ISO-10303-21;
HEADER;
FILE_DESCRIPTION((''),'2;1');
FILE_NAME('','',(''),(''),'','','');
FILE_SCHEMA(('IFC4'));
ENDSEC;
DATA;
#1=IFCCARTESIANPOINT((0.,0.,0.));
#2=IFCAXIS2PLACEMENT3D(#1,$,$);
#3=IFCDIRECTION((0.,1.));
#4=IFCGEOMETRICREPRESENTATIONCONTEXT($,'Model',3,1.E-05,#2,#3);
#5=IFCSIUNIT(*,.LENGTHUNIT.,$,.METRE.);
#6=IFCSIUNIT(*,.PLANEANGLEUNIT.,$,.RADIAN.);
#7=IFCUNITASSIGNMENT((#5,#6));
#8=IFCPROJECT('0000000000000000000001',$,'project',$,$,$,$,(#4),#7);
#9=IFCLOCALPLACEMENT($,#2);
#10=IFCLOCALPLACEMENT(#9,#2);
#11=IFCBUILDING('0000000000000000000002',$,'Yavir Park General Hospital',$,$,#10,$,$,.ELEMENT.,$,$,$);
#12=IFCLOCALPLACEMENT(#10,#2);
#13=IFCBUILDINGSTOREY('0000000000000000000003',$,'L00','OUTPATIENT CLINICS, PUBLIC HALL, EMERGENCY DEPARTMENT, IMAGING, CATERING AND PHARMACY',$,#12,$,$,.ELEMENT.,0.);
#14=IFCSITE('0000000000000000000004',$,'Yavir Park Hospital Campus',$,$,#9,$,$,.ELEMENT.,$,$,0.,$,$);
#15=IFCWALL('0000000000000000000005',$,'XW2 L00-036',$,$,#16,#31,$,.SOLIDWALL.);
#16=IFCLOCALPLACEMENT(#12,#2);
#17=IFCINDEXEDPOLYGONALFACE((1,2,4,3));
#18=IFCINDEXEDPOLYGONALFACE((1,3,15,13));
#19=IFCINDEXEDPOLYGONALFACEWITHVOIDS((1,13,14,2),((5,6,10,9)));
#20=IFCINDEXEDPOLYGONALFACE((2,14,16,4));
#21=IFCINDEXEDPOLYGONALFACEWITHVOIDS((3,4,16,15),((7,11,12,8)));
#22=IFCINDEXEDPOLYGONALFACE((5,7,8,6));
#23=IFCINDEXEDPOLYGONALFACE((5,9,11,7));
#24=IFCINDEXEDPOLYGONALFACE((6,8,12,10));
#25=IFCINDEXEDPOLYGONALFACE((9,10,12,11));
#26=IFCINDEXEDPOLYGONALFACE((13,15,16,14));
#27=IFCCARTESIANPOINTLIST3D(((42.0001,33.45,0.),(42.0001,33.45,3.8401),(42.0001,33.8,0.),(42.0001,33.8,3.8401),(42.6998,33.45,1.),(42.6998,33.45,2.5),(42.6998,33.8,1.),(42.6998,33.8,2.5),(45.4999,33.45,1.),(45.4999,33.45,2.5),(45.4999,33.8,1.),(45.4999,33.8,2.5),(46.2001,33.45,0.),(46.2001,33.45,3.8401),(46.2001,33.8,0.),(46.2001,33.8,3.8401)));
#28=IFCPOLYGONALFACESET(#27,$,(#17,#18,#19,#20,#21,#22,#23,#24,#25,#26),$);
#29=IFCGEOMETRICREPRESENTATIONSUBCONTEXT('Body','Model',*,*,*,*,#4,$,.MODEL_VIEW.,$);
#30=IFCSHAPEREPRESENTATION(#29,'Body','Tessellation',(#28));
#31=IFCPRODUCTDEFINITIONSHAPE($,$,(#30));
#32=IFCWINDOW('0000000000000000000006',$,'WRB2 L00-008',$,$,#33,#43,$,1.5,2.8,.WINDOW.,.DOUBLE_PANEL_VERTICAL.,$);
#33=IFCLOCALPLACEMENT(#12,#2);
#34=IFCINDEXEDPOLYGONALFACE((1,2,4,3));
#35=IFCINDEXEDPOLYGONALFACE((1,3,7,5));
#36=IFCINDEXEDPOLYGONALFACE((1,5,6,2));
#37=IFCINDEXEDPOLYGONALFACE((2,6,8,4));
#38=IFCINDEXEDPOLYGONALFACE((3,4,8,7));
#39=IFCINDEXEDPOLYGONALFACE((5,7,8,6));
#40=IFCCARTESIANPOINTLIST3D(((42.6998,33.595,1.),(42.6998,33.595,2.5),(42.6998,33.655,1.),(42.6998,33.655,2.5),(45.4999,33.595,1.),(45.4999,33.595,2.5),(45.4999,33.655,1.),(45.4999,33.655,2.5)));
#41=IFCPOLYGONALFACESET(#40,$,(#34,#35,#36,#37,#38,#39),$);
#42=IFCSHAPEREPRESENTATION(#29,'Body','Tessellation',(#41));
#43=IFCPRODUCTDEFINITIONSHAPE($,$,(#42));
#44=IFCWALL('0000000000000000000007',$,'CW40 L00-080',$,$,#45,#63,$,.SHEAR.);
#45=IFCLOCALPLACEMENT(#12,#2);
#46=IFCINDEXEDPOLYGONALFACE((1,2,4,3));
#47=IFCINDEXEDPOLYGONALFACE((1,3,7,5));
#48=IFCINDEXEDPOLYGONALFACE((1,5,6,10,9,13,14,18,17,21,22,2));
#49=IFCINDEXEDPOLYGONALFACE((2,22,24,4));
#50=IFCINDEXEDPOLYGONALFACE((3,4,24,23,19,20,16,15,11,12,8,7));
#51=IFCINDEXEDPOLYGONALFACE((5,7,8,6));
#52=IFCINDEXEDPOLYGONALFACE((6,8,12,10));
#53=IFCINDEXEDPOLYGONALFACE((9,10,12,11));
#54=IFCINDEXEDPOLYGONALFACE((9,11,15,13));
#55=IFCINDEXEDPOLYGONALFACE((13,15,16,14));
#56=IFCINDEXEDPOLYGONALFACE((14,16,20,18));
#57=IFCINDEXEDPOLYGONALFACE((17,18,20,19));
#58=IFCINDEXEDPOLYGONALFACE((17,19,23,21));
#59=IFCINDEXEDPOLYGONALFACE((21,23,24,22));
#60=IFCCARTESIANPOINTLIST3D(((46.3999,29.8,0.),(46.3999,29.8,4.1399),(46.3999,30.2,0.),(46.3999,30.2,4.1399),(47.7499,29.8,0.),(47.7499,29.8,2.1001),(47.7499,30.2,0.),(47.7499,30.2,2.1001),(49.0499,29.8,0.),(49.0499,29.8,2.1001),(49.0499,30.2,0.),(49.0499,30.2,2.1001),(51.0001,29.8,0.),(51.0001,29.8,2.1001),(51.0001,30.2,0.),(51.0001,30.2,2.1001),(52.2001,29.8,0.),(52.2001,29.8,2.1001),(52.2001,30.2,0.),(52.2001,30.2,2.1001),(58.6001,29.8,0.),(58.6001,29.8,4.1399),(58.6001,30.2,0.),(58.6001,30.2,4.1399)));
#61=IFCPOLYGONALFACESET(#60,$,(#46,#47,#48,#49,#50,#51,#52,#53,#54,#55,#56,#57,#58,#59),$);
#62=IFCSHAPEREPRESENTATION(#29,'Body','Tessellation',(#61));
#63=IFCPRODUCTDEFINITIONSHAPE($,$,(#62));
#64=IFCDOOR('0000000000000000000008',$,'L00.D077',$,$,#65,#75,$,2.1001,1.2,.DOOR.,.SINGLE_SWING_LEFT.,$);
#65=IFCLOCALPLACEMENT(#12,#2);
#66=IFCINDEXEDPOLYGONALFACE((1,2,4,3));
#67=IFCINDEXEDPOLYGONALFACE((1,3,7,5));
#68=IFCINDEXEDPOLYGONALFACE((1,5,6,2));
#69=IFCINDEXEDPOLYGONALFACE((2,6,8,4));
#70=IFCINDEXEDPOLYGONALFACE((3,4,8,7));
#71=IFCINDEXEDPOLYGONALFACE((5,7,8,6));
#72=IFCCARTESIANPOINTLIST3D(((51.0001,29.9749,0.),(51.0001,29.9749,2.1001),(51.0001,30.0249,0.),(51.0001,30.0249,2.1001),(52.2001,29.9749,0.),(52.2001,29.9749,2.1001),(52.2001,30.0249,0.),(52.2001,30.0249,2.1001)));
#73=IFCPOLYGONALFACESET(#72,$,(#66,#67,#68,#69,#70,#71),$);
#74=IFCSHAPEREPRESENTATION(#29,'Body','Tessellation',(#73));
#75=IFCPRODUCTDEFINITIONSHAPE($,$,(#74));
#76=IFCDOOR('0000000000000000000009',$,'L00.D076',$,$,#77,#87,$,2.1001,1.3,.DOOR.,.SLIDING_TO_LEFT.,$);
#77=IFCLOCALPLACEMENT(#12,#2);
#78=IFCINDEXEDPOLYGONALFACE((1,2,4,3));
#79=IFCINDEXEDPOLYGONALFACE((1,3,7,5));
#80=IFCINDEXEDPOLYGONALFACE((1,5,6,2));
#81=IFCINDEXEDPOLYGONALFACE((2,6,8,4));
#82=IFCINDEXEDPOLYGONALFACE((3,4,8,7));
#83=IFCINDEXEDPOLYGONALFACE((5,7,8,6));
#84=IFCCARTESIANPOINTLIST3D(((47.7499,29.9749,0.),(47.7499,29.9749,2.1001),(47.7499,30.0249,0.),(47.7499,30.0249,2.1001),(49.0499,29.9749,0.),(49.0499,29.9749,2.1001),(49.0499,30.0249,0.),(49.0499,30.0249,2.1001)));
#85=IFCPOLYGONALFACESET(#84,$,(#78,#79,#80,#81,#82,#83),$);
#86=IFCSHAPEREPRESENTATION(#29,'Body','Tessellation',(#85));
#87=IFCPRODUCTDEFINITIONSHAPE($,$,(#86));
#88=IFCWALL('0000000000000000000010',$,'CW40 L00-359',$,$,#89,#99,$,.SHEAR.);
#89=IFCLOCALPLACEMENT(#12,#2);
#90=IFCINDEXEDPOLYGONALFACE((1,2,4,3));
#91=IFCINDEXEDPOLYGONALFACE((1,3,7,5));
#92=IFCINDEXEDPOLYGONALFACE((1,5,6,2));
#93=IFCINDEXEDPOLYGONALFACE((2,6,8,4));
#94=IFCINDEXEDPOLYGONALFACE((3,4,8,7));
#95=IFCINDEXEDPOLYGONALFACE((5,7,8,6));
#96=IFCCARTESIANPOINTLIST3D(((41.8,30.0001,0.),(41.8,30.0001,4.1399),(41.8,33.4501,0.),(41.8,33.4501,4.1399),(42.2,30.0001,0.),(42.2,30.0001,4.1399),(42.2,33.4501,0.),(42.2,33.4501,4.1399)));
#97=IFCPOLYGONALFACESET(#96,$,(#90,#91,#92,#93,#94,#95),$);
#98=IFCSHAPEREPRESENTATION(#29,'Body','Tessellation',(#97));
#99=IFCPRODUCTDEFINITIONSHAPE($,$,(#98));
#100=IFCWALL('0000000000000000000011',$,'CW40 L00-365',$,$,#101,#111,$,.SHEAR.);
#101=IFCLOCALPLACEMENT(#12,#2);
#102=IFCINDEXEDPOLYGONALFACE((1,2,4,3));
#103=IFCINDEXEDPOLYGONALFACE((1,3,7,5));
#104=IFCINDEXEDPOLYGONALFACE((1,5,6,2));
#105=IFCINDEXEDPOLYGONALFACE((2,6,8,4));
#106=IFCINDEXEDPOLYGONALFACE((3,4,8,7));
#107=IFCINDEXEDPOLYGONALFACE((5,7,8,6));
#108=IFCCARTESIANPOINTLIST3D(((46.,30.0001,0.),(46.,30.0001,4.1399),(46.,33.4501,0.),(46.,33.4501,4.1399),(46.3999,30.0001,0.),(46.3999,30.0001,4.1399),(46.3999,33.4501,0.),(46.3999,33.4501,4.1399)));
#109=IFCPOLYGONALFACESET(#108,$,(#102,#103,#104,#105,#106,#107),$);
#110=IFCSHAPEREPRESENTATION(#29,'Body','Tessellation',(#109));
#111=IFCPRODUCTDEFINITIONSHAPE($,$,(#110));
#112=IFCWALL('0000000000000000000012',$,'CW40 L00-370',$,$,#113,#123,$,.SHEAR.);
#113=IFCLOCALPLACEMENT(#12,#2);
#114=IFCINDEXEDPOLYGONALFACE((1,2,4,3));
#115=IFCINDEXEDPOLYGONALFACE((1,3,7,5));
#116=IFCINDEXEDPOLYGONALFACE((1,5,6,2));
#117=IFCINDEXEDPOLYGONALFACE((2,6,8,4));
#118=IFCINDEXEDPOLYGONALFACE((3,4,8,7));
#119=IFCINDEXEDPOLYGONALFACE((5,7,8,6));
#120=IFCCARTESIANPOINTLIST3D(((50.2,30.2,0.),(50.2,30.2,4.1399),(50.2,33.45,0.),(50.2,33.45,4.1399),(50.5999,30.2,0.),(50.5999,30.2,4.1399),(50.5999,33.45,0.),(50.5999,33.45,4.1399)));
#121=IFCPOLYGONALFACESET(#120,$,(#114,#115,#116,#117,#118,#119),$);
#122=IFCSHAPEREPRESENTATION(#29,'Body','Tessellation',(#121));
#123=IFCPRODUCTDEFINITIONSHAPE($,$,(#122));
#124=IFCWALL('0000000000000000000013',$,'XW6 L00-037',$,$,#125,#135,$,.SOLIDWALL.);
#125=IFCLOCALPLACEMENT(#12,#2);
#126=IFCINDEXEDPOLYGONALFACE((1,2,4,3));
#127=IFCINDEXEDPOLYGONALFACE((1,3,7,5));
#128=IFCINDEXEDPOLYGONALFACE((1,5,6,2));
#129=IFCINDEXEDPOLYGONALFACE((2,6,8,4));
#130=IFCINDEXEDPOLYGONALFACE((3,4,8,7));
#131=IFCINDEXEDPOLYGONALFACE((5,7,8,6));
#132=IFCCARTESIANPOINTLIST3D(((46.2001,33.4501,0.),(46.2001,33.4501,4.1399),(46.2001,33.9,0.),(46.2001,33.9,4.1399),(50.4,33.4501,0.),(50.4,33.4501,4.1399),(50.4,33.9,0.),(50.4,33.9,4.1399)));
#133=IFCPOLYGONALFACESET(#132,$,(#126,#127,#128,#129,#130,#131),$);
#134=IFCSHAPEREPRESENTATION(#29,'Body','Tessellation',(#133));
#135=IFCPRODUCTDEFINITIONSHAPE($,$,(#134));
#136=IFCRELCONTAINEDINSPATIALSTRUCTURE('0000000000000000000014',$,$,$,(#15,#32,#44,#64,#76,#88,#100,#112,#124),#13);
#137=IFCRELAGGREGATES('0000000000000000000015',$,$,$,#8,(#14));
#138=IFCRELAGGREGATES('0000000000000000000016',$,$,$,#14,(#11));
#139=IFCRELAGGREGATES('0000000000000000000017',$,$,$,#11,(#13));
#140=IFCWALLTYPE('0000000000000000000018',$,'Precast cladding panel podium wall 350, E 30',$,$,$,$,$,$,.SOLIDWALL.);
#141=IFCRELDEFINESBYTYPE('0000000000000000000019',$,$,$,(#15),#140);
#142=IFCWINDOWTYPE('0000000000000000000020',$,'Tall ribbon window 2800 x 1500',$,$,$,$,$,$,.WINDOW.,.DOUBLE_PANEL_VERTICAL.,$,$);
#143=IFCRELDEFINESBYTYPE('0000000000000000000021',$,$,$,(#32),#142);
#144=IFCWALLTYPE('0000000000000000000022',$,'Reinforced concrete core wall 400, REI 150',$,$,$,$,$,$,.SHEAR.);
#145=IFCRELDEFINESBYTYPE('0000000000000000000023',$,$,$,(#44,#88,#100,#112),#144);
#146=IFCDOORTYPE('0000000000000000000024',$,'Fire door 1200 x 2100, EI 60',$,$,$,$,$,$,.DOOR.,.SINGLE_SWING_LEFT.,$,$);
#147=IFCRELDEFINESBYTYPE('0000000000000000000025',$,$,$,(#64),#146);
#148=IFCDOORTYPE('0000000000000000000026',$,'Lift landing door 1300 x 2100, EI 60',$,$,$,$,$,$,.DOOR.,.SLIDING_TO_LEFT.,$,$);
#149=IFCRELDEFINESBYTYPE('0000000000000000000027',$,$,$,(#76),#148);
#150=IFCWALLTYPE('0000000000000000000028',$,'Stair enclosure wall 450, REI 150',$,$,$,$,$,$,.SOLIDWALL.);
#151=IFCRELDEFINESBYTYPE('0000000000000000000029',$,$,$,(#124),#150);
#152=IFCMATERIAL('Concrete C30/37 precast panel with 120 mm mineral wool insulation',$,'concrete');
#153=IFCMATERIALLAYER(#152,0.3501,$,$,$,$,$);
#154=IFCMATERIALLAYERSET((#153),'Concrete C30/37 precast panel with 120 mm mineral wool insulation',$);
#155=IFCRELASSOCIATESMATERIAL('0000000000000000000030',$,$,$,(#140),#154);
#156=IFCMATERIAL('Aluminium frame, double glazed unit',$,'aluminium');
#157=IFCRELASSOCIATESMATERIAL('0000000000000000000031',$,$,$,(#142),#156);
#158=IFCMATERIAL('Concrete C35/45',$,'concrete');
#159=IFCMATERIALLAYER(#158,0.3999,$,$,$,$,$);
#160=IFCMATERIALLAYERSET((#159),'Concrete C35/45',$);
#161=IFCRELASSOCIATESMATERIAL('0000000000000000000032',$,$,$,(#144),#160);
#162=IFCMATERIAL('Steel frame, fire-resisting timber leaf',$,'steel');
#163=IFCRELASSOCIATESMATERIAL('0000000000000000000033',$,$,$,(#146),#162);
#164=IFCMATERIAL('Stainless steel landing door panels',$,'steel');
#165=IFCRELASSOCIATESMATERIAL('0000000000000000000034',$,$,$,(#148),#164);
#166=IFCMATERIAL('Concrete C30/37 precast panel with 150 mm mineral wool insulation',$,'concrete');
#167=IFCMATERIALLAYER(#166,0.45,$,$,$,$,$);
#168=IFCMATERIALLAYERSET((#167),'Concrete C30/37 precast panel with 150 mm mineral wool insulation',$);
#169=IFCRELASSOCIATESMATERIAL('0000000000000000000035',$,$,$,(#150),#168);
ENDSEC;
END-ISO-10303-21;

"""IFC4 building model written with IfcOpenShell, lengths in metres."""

from ifc_helpers import new_model, si_unit, direction, frame, frame_2d, origin, place, context, subcontext, project, spatial, rectangle, extrude, material, layer, layer_set, type_object, element, fill, save


model = new_model("IFC4")

# Units and contexts
model_context = context("Model", 3, precision=1e-05, world=origin(), true_north=direction((0.0, 1.0)))
body_context = subcontext(model_context, "Body", "Model", "MODEL_VIEW")
ifc_project = project(units=[si_unit("LENGTHUNIT", "METRE"), si_unit("PLANEANGLEUNIT", "RADIAN")], contexts=[model_context])

# Site, building, storey
site_placement = place(None, origin())
site = spatial("IfcSite", under=ifc_project, at=site_placement, Name="Yavir Park Hospital Campus", CompositionType="ELEMENT", RefElevation=0.0)
building_placement = place(site_placement, origin())
building = spatial("IfcBuilding", under=site, at=building_placement, Name="Yavir Park General Hospital", CompositionType="ELEMENT")
storey_placement = place(building_placement, origin())
storey = spatial("IfcBuildingStorey", under=building, at=storey_placement, Name="L00", Description="OUTPATIENT CLINICS, PUBLIC HALL, EMERGENCY DEPARTMENT, IMAGING, CATERING AND PHARMACY", CompositionType="ELEMENT", Elevation=0.0)

# Wall, opening, window
ifc_material_1 = material(Name="Concrete C30/37 precast panel with 120 mm mineral wool insulation", Category="concrete")
ifc_layer_1 = layer(ifc_material_1, 0.3501)
ifc_layer_set_1 = layer_set([ifc_layer_1], Name="Concrete C30/37 precast panel with 120 mm mineral wool insulation")
wall_type_1 = type_object("IfcWallType", Name="Precast cladding panel podium wall 350, E 30", PredefinedType="SOLIDWALL", material=ifc_layer_set_1)
wall_1_placement = place(storey_placement, frame((42.0, 33.625, 0.0), z_axis=(0.0, 0.0, 1.0), x_axis=(1.0, 0.0, 0.0)))
wall_1 = element("IfcWall", 1, at=wall_1_placement, inside=storey, type_object=wall_type_1, Name="XW2 L00-036", PredefinedType="SOLIDWALL", context=body_context, shape_type="SweptSolid", body=[
    extrude(rectangle(XDim=4.2, YDim=0.3501, at=frame_2d((2.1001, 0.0))), origin(), (0.0, 0.0, 1.0), 3.8401),
])
opening_1_placement = place(wall_1_placement, frame((0.7, 0.0, 1.0)))
opening_1 = element("IfcOpeningElement", 2, at=opening_1_placement, cuts=wall_1, PredefinedType="OPENING", context=body_context, shape_type="SweptSolid", body=[
    extrude(rectangle(XDim=2.8, YDim=1.5, at=frame_2d((1.3999, 0.75))), frame((0.0, 0.1851, 0.0), z_axis=(0.0, -1.0, 0.0), x_axis=(1.0, 0.0, 0.0)), (0.0, 0.0, 1.0), 0.3701),
])
ifc_material_2 = material(Name="Aluminium frame, double glazed unit", Category="aluminium")
window_type = type_object("IfcWindowType", Name="Tall ribbon window 2800 x 1500", PartitioningType="DOUBLE_PANEL_VERTICAL", PredefinedType="WINDOW", material=ifc_material_2)
window_placement = place(opening_1_placement, origin())
window = element("IfcWindow", 3, at=window_placement, inside=storey, type_object=window_type, Name="WRB2 L00-008", OverallHeight=1.5, OverallWidth=2.8, PartitioningType="DOUBLE_PANEL_VERTICAL", PredefinedType="WINDOW", context=body_context, shape_type="SweptSolid", body=[
    extrude(rectangle(XDim=2.8, YDim=1.5, at=frame_2d((1.3999, 0.75))), frame((0.0, 0.03, 0.0), z_axis=(0.0, -1.0, 0.0), x_axis=(1.0, 0.0, 0.0)), (0.0, 0.0, 1.0), 0.0601),
])
fill(opening_1, window)

# Wall, openings, doors
ifc_material_3 = material(Name="Concrete C35/45", Category="concrete")
ifc_layer_2 = layer(ifc_material_3, 0.3999)
ifc_layer_set_2 = layer_set([ifc_layer_2], Name="Concrete C35/45")
wall_type_2 = type_object("IfcWallType", Name="Reinforced concrete core wall 400, REI 150", PredefinedType="SHEAR", material=ifc_layer_set_2)
wall_2_placement = place(storey_placement, frame((46.3999, 30.0, 0.0), z_axis=(0.0, 0.0, 1.0), x_axis=(1.0, 0.0, 0.0)))
wall_2 = element("IfcWall", 4, at=wall_2_placement, inside=storey, type_object=wall_type_2, Name="CW40 L00-080", PredefinedType="SHEAR", context=body_context, shape_type="SweptSolid", body=[
    extrude(rectangle(XDim=12.2002, YDim=0.3999, at=frame_2d((6.1001, 0.0))), origin(), (0.0, 0.0, 1.0), 4.1399),
])
opening_2_placement = place(wall_2_placement, frame((1.3501, 0.0, 0.0)))
opening_2 = element("IfcOpeningElement", 5, at=opening_2_placement, cuts=wall_2, PredefinedType="OPENING", context=body_context, shape_type="SweptSolid", body=[
    extrude(rectangle(XDim=1.3, YDim=2.1001, at=frame_2d((0.6499, 1.05))), frame((0.0, 0.21, 0.0), z_axis=(0.0, -1.0, 0.0), x_axis=(1.0, 0.0, 0.0)), (0.0, 0.0, 1.0), 0.4199),
])
opening_3_placement = place(wall_2_placement, frame((4.6001, 0.0, 0.0)))
opening_3 = element("IfcOpeningElement", 6, at=opening_3_placement, cuts=wall_2, PredefinedType="OPENING", context=body_context, shape_type="SweptSolid", body=[
    extrude(rectangle(XDim=1.2, YDim=2.1001, at=frame_2d((0.6001, 1.05))), frame((0.0, 0.21, 0.0), z_axis=(0.0, -1.0, 0.0), x_axis=(1.0, 0.0, 0.0)), (0.0, 0.0, 1.0), 0.4199),
])
ifc_material_4 = material(Name="Steel frame, fire-resisting timber leaf", Category="steel")
door_type_1 = type_object("IfcDoorType", Name="Fire door 1200 x 2100, EI 60", OperationType="SINGLE_SWING_LEFT", PredefinedType="DOOR", material=ifc_material_4)
door_1_placement = place(opening_3_placement, origin())
door_1 = element("IfcDoor", 7, at=door_1_placement, inside=storey, type_object=door_type_1, Name="L00.D077", OperationType="SINGLE_SWING_LEFT", OverallHeight=2.1001, OverallWidth=1.2, PredefinedType="DOOR", context=body_context, shape_type="SweptSolid", body=[
    extrude(rectangle(XDim=1.2, YDim=2.1001, at=frame_2d((0.6001, 1.05))), frame((0.0, 0.0249, 0.0), z_axis=(0.0, -1.0, 0.0), x_axis=(1.0, 0.0, 0.0)), (0.0, 0.0, 1.0), 0.05),
])
fill(opening_3, door_1)
ifc_material_5 = material(Name="Stainless steel landing door panels", Category="steel")
door_type_2 = type_object("IfcDoorType", Name="Lift landing door 1300 x 2100, EI 60", OperationType="SLIDING_TO_LEFT", PredefinedType="DOOR", material=ifc_material_5)
door_2_placement = place(opening_2_placement, origin())
door_2 = element("IfcDoor", 8, at=door_2_placement, inside=storey, type_object=door_type_2, Name="L00.D076", OperationType="SLIDING_TO_LEFT", OverallHeight=2.1001, OverallWidth=1.3, PredefinedType="DOOR", context=body_context, shape_type="SweptSolid", body=[
    extrude(rectangle(XDim=1.3, YDim=2.1001, at=frame_2d((0.6499, 1.05))), frame((0.0, 0.0249, 0.0), z_axis=(0.0, -1.0, 0.0), x_axis=(1.0, 0.0, 0.0)), (0.0, 0.0, 1.0), 0.05),
])
fill(opening_2, door_2)

# Walls
for number, where, z_axis, x_axis, name in (
    (9, (42.0, 30.0, 0.0), (0.0, 0.0, 1.0), (0.0, 1.0, 0.0), "CW40 L00-359"),
    (10, (46.2, 30.0, 0.0), (0.0, 0.0, 1.0), (0.0, 1.0, 0.0), "CW40 L00-365"),
):
    element("IfcWall", number, at=place(storey_placement, frame(where, z_axis=z_axis, x_axis=x_axis)), inside=storey, type_object=wall_type_2, Name=name, PredefinedType="SHEAR", context=body_context, shape_type="SweptSolid", body=[
        extrude(rectangle(XDim=3.45, YDim=0.3999, at=frame_2d((1.7251, 0.0))), origin(), (0.0, 0.0, 1.0), 4.1399),
    ])
wall_3_placement = place(storey_placement, frame((50.3999, 30.2, 0.0), z_axis=(0.0, 0.0, 1.0), x_axis=(0.0, 1.0, 0.0)))
element("IfcWall", 11, at=wall_3_placement, inside=storey, type_object=wall_type_2, Name="CW40 L00-370", PredefinedType="SHEAR", context=body_context, shape_type="SweptSolid", body=[
    extrude(rectangle(XDim=3.25, YDim=0.3999, at=frame_2d((1.625, 0.0))), origin(), (0.0, 0.0, 1.0), 4.1399),
])
ifc_material_6 = material(Name="Concrete C30/37 precast panel with 150 mm mineral wool insulation", Category="concrete")
ifc_layer_3 = layer(ifc_material_6, 0.45)
ifc_layer_set_3 = layer_set([ifc_layer_3], Name="Concrete C30/37 precast panel with 150 mm mineral wool insulation")
wall_type_3 = type_object("IfcWallType", Name="Stair enclosure wall 450, REI 150", PredefinedType="SOLIDWALL", material=ifc_layer_set_3)
wall_4_placement = place(storey_placement, frame((46.2, 33.675, 0.0), z_axis=(0.0, 0.0, 1.0), x_axis=(1.0, 0.0, 0.0)))
element("IfcWall", 12, at=wall_4_placement, inside=storey, type_object=wall_type_3, Name="XW6 L00-037", PredefinedType="SOLIDWALL", context=body_context, shape_type="SweptSolid", body=[
    extrude(rectangle(XDim=4.2, YDim=0.45, at=frame_2d((2.1001, 0.0))), origin(), (0.0, 0.0, 1.0), 4.1399),
])

save(model, "model.ifc")
